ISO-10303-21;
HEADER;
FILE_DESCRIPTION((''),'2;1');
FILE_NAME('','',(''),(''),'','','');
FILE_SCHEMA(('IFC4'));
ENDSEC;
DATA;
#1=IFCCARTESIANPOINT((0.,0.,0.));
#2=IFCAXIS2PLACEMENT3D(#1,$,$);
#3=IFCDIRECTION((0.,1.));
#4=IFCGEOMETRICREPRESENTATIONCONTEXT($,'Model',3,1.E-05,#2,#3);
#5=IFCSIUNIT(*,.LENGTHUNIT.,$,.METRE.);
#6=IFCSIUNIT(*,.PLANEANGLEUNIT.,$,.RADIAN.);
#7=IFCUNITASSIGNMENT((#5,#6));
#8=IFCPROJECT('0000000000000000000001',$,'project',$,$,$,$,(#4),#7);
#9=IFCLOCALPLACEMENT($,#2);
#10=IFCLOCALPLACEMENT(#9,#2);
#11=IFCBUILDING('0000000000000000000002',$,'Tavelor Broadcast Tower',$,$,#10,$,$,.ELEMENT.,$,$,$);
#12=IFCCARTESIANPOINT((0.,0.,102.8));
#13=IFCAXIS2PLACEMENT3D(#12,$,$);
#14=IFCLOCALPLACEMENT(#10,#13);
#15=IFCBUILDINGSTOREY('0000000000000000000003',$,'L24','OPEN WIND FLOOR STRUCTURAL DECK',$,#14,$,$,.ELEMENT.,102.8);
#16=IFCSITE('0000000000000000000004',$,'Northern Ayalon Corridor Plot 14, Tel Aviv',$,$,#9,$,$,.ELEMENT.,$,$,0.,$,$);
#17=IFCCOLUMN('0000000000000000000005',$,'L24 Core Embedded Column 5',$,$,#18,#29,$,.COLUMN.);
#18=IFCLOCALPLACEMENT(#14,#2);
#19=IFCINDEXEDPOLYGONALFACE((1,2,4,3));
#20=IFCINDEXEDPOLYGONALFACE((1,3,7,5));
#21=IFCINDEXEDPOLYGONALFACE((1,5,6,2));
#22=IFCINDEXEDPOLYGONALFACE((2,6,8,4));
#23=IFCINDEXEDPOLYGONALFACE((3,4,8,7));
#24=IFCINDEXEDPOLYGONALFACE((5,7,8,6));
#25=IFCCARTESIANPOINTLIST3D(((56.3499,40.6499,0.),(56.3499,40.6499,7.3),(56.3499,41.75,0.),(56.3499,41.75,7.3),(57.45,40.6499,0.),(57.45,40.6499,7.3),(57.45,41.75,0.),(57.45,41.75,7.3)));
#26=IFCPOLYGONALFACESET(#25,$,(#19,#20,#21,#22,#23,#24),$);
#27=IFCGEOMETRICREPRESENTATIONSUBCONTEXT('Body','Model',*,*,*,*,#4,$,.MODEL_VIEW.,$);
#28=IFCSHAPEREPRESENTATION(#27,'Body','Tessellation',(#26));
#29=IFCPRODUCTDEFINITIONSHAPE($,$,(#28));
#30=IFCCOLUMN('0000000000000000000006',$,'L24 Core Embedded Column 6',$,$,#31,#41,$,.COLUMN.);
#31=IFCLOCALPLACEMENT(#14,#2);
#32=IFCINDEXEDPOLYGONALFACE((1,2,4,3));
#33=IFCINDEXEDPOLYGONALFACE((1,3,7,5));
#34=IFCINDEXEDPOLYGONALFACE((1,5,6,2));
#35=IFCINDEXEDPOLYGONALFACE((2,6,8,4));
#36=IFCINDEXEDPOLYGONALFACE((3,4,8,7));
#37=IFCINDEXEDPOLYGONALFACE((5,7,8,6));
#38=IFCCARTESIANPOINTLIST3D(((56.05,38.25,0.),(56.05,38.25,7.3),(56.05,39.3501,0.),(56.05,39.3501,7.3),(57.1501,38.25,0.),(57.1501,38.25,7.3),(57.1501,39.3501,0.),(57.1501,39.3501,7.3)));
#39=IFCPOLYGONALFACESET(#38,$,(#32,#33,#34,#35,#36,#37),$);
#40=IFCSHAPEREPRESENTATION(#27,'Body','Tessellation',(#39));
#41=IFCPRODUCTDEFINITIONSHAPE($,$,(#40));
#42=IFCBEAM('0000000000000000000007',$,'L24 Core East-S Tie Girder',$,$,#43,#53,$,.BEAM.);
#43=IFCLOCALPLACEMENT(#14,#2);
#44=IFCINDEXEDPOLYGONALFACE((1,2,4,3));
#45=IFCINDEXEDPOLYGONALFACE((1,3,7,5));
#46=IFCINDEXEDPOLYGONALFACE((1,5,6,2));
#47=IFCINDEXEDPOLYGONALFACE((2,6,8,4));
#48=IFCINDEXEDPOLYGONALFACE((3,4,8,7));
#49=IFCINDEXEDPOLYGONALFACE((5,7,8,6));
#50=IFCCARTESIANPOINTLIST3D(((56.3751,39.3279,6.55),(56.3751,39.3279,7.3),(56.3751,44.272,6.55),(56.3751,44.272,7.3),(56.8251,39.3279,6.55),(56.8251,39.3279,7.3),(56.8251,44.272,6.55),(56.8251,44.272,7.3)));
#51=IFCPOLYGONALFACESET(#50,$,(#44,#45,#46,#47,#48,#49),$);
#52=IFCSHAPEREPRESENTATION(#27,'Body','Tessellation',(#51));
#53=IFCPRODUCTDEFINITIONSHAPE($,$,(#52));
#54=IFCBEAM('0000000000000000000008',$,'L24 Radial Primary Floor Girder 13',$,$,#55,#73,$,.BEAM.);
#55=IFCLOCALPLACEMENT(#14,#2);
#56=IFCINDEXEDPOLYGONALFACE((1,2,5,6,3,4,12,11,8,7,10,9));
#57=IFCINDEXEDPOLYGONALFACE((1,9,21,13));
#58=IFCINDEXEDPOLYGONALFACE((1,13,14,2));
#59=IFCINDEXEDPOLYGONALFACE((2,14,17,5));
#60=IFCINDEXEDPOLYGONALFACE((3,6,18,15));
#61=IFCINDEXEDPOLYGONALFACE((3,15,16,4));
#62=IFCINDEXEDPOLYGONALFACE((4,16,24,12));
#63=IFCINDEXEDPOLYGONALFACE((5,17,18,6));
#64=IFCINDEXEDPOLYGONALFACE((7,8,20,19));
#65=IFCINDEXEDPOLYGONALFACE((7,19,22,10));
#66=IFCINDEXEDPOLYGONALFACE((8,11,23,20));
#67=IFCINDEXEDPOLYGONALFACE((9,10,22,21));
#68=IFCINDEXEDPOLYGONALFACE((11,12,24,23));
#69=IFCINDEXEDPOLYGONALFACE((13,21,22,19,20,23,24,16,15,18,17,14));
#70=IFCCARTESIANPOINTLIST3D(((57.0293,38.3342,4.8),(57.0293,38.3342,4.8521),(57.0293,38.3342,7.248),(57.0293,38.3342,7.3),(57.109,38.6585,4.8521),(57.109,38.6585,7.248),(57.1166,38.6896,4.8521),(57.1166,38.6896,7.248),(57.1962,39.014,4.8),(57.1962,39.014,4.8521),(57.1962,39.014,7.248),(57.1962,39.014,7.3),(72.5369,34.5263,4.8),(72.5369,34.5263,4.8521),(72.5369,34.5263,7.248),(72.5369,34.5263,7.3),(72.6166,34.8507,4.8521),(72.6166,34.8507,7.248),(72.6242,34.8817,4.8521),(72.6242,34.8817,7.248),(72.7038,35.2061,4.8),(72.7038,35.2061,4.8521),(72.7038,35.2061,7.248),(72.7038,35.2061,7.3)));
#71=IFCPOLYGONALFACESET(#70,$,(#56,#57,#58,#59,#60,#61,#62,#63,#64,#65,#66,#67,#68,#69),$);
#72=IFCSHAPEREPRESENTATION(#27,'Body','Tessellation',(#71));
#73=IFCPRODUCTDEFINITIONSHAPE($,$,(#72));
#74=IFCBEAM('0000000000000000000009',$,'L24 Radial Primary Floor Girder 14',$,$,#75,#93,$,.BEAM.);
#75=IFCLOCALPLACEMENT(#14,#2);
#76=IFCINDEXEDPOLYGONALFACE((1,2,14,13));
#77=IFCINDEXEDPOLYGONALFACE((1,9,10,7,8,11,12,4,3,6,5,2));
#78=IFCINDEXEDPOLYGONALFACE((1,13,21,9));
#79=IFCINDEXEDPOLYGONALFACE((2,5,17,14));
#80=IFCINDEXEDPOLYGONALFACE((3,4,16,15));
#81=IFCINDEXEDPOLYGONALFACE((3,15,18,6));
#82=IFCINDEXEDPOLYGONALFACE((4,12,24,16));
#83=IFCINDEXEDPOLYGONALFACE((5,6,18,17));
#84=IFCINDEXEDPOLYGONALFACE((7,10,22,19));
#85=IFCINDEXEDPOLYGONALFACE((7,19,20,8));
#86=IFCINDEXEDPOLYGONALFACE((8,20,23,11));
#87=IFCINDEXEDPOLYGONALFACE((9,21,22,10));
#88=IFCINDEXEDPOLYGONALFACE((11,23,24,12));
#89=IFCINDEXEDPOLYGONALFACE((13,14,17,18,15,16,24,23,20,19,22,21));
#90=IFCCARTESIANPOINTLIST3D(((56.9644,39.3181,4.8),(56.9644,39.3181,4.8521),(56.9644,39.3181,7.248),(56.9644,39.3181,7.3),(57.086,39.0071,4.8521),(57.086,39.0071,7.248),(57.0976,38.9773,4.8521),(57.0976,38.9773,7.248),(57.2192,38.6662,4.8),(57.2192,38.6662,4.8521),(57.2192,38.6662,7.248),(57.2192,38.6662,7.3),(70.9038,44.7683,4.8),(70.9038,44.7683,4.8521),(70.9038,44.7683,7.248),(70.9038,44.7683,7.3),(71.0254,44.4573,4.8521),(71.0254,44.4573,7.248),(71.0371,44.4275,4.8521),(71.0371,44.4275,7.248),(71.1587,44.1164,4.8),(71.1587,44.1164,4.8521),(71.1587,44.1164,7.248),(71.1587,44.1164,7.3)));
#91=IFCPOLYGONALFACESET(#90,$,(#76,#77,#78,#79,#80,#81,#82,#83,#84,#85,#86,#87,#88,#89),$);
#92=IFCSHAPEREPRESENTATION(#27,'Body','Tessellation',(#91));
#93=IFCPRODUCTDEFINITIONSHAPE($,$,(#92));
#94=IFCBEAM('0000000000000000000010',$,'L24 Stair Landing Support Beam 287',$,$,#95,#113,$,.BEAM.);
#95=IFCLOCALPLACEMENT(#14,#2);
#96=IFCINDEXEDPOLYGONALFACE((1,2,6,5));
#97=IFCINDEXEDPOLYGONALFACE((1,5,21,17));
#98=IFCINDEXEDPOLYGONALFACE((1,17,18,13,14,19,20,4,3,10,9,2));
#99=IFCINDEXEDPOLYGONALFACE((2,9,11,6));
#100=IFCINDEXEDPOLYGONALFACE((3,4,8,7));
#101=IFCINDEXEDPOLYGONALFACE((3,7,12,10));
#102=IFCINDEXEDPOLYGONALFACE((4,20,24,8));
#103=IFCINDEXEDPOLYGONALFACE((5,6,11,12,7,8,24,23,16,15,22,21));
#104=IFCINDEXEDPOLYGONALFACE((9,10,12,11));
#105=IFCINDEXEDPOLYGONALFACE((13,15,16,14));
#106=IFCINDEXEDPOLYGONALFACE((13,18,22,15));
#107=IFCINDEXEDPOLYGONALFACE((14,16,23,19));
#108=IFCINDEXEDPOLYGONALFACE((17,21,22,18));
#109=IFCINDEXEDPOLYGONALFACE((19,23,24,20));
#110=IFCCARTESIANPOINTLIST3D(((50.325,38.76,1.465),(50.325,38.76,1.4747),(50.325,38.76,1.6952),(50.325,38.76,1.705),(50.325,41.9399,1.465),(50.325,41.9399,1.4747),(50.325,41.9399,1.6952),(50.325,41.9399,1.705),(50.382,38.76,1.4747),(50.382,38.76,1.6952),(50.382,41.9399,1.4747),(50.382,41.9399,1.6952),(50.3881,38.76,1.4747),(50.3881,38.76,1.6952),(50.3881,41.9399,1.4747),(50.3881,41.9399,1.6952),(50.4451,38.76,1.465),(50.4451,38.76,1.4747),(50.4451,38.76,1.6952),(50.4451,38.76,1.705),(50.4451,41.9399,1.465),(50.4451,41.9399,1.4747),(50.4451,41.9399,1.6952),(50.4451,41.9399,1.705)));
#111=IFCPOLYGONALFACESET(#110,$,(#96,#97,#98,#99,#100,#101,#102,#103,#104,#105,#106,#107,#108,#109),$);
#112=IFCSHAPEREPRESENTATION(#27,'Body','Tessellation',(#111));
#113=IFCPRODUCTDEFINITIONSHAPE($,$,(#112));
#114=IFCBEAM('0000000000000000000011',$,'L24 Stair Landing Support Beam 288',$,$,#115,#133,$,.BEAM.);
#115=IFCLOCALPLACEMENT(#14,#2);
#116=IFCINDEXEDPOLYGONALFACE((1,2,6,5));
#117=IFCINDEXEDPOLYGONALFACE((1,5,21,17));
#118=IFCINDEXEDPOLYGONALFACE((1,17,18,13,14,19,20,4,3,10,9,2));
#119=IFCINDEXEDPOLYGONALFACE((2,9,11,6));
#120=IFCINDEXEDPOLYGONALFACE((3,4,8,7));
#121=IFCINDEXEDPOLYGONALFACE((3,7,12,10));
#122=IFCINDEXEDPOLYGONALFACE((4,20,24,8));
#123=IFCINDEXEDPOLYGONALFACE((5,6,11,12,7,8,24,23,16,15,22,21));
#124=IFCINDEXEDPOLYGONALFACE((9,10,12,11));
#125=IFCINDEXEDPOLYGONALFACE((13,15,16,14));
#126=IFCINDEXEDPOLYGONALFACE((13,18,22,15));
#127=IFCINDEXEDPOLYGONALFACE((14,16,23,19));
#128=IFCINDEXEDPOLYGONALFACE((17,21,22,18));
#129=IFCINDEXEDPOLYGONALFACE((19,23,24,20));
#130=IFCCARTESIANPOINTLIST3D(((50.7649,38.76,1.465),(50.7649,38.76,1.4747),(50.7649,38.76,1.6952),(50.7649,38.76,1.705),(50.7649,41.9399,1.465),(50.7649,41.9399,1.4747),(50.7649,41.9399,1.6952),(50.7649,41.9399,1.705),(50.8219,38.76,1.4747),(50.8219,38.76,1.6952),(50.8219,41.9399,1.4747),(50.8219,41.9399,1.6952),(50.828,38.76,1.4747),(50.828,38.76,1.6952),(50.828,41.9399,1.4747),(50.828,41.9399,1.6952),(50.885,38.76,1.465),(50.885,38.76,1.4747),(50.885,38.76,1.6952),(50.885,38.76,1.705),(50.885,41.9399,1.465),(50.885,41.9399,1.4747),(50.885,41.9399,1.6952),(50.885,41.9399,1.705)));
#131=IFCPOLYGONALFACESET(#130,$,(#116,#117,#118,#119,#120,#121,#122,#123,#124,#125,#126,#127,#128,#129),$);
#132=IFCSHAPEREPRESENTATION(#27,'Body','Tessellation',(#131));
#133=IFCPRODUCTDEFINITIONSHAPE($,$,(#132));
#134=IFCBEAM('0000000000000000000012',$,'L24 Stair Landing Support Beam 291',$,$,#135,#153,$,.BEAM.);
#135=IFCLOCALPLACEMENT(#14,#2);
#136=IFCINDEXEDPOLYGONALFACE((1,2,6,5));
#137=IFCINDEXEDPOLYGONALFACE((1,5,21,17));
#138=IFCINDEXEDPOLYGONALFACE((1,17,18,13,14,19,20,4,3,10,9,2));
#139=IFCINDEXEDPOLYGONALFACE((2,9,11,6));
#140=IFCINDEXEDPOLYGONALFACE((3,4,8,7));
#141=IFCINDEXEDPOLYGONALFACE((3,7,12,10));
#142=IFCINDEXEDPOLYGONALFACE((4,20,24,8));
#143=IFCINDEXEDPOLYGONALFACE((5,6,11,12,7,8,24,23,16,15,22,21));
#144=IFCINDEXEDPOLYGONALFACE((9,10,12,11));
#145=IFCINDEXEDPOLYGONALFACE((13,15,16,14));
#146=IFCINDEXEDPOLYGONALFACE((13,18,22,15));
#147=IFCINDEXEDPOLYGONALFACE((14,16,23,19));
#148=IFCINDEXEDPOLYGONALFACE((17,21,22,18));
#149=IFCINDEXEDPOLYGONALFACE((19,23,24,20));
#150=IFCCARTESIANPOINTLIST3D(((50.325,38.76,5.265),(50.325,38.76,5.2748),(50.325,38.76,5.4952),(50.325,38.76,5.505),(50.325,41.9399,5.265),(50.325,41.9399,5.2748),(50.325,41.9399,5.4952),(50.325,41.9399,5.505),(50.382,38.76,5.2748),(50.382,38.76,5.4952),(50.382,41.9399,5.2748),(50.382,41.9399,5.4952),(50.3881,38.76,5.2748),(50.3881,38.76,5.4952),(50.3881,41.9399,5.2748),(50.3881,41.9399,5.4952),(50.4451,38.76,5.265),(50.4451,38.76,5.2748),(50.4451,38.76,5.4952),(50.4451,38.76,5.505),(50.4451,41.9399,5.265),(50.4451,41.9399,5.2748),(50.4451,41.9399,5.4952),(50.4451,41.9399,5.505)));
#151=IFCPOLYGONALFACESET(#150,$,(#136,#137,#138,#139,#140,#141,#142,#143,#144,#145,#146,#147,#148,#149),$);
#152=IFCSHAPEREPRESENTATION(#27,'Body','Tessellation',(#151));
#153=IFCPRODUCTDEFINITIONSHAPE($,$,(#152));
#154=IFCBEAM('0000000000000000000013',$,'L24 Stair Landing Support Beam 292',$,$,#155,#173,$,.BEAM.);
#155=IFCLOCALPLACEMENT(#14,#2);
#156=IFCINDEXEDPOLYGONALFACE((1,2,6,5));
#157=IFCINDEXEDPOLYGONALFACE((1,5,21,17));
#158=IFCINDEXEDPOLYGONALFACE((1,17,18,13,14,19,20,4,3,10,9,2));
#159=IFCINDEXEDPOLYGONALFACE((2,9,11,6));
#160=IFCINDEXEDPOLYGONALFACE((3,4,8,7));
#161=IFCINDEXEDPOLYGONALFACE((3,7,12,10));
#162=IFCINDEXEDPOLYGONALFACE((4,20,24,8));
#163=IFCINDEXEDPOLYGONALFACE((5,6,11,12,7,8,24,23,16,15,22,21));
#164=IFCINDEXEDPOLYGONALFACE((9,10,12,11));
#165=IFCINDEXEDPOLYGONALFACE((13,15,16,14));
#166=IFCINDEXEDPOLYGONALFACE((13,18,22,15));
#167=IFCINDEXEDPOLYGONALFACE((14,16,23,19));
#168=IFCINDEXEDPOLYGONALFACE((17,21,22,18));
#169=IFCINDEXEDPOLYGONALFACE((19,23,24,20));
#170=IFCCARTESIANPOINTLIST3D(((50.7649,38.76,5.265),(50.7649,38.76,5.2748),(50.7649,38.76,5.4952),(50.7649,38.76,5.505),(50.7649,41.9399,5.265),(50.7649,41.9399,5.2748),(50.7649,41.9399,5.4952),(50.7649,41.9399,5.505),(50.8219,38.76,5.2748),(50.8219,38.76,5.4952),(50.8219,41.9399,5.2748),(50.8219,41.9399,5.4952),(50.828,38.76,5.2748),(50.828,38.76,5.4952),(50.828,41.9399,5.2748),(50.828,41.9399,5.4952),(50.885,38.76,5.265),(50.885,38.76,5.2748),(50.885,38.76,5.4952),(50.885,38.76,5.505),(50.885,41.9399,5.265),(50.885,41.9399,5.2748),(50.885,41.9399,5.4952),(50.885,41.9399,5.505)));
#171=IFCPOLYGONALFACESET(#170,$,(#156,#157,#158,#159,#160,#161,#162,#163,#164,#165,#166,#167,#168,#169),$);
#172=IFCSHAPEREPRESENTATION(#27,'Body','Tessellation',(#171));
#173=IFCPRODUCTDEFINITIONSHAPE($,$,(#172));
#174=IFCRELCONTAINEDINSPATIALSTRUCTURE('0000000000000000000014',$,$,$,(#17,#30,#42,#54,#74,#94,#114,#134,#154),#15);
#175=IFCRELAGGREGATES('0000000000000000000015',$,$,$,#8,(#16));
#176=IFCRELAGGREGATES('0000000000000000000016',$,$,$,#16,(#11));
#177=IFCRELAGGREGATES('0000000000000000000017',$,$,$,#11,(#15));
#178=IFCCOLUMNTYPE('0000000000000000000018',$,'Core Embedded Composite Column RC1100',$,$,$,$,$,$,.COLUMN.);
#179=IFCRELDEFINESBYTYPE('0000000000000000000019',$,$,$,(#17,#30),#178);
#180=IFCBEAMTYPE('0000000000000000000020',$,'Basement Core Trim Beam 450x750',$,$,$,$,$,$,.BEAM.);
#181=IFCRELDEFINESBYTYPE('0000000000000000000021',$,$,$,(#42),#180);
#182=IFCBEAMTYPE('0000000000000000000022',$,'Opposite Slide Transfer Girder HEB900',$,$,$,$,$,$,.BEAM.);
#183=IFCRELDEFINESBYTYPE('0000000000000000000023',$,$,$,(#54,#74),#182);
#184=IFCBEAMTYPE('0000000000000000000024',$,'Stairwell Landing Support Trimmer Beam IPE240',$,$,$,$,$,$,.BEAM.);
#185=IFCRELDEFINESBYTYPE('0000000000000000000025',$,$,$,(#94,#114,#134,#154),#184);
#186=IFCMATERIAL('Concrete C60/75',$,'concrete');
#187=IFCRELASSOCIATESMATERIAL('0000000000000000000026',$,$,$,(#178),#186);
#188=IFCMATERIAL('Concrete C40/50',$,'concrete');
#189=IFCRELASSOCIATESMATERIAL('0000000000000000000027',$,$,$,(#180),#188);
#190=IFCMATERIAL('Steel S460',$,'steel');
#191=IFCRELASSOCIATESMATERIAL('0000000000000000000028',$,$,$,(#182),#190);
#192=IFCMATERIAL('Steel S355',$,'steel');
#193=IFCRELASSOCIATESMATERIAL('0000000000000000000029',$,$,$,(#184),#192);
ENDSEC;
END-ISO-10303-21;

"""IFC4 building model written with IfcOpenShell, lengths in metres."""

from ifc_helpers import new_model, si_unit, direction, frame, origin, origin_2d, place, context, subcontext, project, spatial, rectangle, i_section, extrude, material, material_profile, profile_set, type_object, element, save


model = new_model("IFC4")

# Units and contexts
model_context = context("Model", 3, precision=1e-05, world=origin(), true_north=direction((0.0, 1.0)))
body_context = subcontext(model_context, "Body", "Model", "MODEL_VIEW")
ifc_project = project(units=[si_unit("LENGTHUNIT", "METRE"), si_unit("PLANEANGLEUNIT", "RADIAN")], contexts=[model_context])

# Site, building, storey
site_placement = place(None, origin())
site = spatial("IfcSite", under=ifc_project, at=site_placement, Name="Northern Ayalon Corridor Plot 14, Tel Aviv", CompositionType="ELEMENT", RefElevation=0.0)
building_placement = place(site_placement, origin())
building = spatial("IfcBuilding", under=site, at=building_placement, Name="Tavelor Broadcast Tower", CompositionType="ELEMENT")
storey_placement = place(building_placement, frame((0.0, 0.0, 102.8)))
storey = spatial("IfcBuildingStorey", under=building, at=storey_placement, Name="L24", Description="OPEN WIND FLOOR STRUCTURAL DECK", CompositionType="ELEMENT", Elevation=102.8)

# Columns
ifc_material_1 = material(Name="Concrete C60/75", Category="concrete")
ifc_material_profile_1 = material_profile(ifc_material_1, rectangle(XDim=1.1001, YDim=1.1001, at=origin_2d()), Name="RC 1100x1100")
ifc_profile_set_1 = profile_set([ifc_material_profile_1], Name="Concrete C60/75")
column_type = type_object("IfcColumnType", Name="Core Embedded Composite Column RC1100", PredefinedType="COLUMN", material=ifc_profile_set_1)
for number, where, z_axis, x_axis, name in (
    (1, (56.8999, 41.2, 0.0), (0.0, 0.0, 1.0), (1.0, 0.0, 0.0), "L24 Core Embedded Column 5"),
    (2, (56.6001, 38.8, 0.0), (0.0, 0.0, 1.0), (1.0, 0.0, 0.0), "L24 Core Embedded Column 6"),
):
    element("IfcColumn", number, at=place(storey_placement, frame(where, z_axis=z_axis, x_axis=x_axis)), inside=storey, type_object=column_type, Name=name, PredefinedType="COLUMN", context=body_context, shape_type="SweptSolid", body=[
        extrude(rectangle(XDim=1.1001, YDim=1.1001, at=origin_2d()), origin(), (0.0, 0.0, 1.0), 7.3),
    ])

# Beams
ifc_material_2 = material(Name="Concrete C40/50", Category="concrete")
ifc_material_profile_2 = material_profile(ifc_material_2, rectangle(XDim=0.45, YDim=0.75, at=origin_2d()), Name="RC 450x750")
ifc_profile_set_2 = profile_set([ifc_material_profile_2], Name="Concrete C40/50")
beam_type_1 = type_object("IfcBeamType", Name="Basement Core Trim Beam 450x750", PredefinedType="BEAM", material=ifc_profile_set_2)
beam_1_placement = place(storey_placement, frame((56.6001, 39.3279, 6.925), z_axis=(0.0, 1.0, 0.0), x_axis=(-1.0, 0.0, 0.0)))
element("IfcBeam", 3, at=beam_1_placement, inside=storey, type_object=beam_type_1, Name="L24 Core East-S Tie Girder", PredefinedType="BEAM", context=body_context, shape_type="SweptSolid", body=[
    extrude(rectangle(XDim=0.45, YDim=0.75, at=origin_2d()), origin(), (0.0, 0.0, 1.0), 4.9441),
])
ifc_material_3 = material(Name="Steel S460", Category="steel")
ifc_material_profile_3 = material_profile(ifc_material_3, i_section(OverallWidth=0.7, OverallDepth=2.5, WebThickness=0.032, FlangeThickness=0.052, at=origin_2d()), Name="PG 2500x700")
ifc_profile_set_3 = profile_set([ifc_material_profile_3], Name="Steel S460")
beam_type_2 = type_object("IfcBeamType", Name="Opposite Slide Transfer Girder HEB900", PredefinedType="BEAM", material=ifc_profile_set_3)
beam_2_placement = place(storey_placement, frame((57.1128, 38.6741, 6.05), z_axis=(0.971151, -0.238465, 0.0), x_axis=(0.238465, 0.971151, 0.0)))
element("IfcBeam", 4, at=beam_2_placement, inside=storey, type_object=beam_type_2, Name="L24 Radial Primary Floor Girder 13", PredefinedType="BEAM", context=body_context, shape_type="SweptSolid", body=[
    extrude(i_section(OverallWidth=0.7, OverallDepth=2.5, WebThickness=0.032, FlangeThickness=0.052, at=origin_2d()), origin(), (0.0, 0.0, 1.0), 15.9683),
])
beam_3_placement = place(storey_placement, frame((57.0918, 38.9922, 6.05), z_axis=(0.931342, 0.364146, 0.0), x_axis=(-0.364146, 0.931342, 0.0)))
element("IfcBeam", 5, at=beam_3_placement, inside=storey, type_object=beam_type_2, Name="L24 Radial Primary Floor Girder 14", PredefinedType="BEAM", context=body_context, shape_type="SweptSolid", body=[
    extrude(i_section(OverallWidth=0.7, OverallDepth=2.5, WebThickness=0.032, FlangeThickness=0.052, at=origin_2d()), origin(), (0.0, 0.0, 1.0), 14.967),
])
ifc_material_4 = material(Name="Steel S355", Category="steel")
ifc_material_profile_4 = material_profile(ifc_material_4, i_section(OverallWidth=0.1201, OverallDepth=0.24, WebThickness=0.0061, FlangeThickness=0.0098, at=origin_2d()), Name="IPE 240")
ifc_profile_set_4 = profile_set([ifc_material_profile_4], Name="Steel S355")
beam_type_3 = type_object("IfcBeamType", Name="Stairwell Landing Support Trimmer Beam IPE240", PredefinedType="BEAM", material=ifc_profile_set_4)
for number, where, z_axis, x_axis, name in (
    (6, (50.385, 38.76, 1.585), (0.0, 1.0, 0.0), (-1.0, 0.0, 0.0), "L24 Stair Landing Support Beam 287"),
    (7, (50.825, 38.76, 1.585), (0.0, 1.0, 0.0), (-1.0, 0.0, 0.0), "L24 Stair Landing Support Beam 288"),
    (8, (50.385, 38.76, 5.385), (0.0, 1.0, 0.0), (-1.0, 0.0, 0.0), "L24 Stair Landing Support Beam 291"),
    (9, (50.825, 38.76, 5.385), (0.0, 1.0, 0.0), (-1.0, 0.0, 0.0), "L24 Stair Landing Support Beam 292"),
):
    element("IfcBeam", number, at=place(storey_placement, frame(where, z_axis=z_axis, x_axis=x_axis)), inside=storey, type_object=beam_type_3, Name=name, PredefinedType="BEAM", context=body_context, shape_type="SweptSolid", body=[
        extrude(i_section(OverallWidth=0.1201, OverallDepth=0.24, WebThickness=0.0061, FlangeThickness=0.0098, at=origin_2d()), origin(), (0.0, 0.0, 1.0), 3.1799),
    ])

save(model, "model.ifc")
